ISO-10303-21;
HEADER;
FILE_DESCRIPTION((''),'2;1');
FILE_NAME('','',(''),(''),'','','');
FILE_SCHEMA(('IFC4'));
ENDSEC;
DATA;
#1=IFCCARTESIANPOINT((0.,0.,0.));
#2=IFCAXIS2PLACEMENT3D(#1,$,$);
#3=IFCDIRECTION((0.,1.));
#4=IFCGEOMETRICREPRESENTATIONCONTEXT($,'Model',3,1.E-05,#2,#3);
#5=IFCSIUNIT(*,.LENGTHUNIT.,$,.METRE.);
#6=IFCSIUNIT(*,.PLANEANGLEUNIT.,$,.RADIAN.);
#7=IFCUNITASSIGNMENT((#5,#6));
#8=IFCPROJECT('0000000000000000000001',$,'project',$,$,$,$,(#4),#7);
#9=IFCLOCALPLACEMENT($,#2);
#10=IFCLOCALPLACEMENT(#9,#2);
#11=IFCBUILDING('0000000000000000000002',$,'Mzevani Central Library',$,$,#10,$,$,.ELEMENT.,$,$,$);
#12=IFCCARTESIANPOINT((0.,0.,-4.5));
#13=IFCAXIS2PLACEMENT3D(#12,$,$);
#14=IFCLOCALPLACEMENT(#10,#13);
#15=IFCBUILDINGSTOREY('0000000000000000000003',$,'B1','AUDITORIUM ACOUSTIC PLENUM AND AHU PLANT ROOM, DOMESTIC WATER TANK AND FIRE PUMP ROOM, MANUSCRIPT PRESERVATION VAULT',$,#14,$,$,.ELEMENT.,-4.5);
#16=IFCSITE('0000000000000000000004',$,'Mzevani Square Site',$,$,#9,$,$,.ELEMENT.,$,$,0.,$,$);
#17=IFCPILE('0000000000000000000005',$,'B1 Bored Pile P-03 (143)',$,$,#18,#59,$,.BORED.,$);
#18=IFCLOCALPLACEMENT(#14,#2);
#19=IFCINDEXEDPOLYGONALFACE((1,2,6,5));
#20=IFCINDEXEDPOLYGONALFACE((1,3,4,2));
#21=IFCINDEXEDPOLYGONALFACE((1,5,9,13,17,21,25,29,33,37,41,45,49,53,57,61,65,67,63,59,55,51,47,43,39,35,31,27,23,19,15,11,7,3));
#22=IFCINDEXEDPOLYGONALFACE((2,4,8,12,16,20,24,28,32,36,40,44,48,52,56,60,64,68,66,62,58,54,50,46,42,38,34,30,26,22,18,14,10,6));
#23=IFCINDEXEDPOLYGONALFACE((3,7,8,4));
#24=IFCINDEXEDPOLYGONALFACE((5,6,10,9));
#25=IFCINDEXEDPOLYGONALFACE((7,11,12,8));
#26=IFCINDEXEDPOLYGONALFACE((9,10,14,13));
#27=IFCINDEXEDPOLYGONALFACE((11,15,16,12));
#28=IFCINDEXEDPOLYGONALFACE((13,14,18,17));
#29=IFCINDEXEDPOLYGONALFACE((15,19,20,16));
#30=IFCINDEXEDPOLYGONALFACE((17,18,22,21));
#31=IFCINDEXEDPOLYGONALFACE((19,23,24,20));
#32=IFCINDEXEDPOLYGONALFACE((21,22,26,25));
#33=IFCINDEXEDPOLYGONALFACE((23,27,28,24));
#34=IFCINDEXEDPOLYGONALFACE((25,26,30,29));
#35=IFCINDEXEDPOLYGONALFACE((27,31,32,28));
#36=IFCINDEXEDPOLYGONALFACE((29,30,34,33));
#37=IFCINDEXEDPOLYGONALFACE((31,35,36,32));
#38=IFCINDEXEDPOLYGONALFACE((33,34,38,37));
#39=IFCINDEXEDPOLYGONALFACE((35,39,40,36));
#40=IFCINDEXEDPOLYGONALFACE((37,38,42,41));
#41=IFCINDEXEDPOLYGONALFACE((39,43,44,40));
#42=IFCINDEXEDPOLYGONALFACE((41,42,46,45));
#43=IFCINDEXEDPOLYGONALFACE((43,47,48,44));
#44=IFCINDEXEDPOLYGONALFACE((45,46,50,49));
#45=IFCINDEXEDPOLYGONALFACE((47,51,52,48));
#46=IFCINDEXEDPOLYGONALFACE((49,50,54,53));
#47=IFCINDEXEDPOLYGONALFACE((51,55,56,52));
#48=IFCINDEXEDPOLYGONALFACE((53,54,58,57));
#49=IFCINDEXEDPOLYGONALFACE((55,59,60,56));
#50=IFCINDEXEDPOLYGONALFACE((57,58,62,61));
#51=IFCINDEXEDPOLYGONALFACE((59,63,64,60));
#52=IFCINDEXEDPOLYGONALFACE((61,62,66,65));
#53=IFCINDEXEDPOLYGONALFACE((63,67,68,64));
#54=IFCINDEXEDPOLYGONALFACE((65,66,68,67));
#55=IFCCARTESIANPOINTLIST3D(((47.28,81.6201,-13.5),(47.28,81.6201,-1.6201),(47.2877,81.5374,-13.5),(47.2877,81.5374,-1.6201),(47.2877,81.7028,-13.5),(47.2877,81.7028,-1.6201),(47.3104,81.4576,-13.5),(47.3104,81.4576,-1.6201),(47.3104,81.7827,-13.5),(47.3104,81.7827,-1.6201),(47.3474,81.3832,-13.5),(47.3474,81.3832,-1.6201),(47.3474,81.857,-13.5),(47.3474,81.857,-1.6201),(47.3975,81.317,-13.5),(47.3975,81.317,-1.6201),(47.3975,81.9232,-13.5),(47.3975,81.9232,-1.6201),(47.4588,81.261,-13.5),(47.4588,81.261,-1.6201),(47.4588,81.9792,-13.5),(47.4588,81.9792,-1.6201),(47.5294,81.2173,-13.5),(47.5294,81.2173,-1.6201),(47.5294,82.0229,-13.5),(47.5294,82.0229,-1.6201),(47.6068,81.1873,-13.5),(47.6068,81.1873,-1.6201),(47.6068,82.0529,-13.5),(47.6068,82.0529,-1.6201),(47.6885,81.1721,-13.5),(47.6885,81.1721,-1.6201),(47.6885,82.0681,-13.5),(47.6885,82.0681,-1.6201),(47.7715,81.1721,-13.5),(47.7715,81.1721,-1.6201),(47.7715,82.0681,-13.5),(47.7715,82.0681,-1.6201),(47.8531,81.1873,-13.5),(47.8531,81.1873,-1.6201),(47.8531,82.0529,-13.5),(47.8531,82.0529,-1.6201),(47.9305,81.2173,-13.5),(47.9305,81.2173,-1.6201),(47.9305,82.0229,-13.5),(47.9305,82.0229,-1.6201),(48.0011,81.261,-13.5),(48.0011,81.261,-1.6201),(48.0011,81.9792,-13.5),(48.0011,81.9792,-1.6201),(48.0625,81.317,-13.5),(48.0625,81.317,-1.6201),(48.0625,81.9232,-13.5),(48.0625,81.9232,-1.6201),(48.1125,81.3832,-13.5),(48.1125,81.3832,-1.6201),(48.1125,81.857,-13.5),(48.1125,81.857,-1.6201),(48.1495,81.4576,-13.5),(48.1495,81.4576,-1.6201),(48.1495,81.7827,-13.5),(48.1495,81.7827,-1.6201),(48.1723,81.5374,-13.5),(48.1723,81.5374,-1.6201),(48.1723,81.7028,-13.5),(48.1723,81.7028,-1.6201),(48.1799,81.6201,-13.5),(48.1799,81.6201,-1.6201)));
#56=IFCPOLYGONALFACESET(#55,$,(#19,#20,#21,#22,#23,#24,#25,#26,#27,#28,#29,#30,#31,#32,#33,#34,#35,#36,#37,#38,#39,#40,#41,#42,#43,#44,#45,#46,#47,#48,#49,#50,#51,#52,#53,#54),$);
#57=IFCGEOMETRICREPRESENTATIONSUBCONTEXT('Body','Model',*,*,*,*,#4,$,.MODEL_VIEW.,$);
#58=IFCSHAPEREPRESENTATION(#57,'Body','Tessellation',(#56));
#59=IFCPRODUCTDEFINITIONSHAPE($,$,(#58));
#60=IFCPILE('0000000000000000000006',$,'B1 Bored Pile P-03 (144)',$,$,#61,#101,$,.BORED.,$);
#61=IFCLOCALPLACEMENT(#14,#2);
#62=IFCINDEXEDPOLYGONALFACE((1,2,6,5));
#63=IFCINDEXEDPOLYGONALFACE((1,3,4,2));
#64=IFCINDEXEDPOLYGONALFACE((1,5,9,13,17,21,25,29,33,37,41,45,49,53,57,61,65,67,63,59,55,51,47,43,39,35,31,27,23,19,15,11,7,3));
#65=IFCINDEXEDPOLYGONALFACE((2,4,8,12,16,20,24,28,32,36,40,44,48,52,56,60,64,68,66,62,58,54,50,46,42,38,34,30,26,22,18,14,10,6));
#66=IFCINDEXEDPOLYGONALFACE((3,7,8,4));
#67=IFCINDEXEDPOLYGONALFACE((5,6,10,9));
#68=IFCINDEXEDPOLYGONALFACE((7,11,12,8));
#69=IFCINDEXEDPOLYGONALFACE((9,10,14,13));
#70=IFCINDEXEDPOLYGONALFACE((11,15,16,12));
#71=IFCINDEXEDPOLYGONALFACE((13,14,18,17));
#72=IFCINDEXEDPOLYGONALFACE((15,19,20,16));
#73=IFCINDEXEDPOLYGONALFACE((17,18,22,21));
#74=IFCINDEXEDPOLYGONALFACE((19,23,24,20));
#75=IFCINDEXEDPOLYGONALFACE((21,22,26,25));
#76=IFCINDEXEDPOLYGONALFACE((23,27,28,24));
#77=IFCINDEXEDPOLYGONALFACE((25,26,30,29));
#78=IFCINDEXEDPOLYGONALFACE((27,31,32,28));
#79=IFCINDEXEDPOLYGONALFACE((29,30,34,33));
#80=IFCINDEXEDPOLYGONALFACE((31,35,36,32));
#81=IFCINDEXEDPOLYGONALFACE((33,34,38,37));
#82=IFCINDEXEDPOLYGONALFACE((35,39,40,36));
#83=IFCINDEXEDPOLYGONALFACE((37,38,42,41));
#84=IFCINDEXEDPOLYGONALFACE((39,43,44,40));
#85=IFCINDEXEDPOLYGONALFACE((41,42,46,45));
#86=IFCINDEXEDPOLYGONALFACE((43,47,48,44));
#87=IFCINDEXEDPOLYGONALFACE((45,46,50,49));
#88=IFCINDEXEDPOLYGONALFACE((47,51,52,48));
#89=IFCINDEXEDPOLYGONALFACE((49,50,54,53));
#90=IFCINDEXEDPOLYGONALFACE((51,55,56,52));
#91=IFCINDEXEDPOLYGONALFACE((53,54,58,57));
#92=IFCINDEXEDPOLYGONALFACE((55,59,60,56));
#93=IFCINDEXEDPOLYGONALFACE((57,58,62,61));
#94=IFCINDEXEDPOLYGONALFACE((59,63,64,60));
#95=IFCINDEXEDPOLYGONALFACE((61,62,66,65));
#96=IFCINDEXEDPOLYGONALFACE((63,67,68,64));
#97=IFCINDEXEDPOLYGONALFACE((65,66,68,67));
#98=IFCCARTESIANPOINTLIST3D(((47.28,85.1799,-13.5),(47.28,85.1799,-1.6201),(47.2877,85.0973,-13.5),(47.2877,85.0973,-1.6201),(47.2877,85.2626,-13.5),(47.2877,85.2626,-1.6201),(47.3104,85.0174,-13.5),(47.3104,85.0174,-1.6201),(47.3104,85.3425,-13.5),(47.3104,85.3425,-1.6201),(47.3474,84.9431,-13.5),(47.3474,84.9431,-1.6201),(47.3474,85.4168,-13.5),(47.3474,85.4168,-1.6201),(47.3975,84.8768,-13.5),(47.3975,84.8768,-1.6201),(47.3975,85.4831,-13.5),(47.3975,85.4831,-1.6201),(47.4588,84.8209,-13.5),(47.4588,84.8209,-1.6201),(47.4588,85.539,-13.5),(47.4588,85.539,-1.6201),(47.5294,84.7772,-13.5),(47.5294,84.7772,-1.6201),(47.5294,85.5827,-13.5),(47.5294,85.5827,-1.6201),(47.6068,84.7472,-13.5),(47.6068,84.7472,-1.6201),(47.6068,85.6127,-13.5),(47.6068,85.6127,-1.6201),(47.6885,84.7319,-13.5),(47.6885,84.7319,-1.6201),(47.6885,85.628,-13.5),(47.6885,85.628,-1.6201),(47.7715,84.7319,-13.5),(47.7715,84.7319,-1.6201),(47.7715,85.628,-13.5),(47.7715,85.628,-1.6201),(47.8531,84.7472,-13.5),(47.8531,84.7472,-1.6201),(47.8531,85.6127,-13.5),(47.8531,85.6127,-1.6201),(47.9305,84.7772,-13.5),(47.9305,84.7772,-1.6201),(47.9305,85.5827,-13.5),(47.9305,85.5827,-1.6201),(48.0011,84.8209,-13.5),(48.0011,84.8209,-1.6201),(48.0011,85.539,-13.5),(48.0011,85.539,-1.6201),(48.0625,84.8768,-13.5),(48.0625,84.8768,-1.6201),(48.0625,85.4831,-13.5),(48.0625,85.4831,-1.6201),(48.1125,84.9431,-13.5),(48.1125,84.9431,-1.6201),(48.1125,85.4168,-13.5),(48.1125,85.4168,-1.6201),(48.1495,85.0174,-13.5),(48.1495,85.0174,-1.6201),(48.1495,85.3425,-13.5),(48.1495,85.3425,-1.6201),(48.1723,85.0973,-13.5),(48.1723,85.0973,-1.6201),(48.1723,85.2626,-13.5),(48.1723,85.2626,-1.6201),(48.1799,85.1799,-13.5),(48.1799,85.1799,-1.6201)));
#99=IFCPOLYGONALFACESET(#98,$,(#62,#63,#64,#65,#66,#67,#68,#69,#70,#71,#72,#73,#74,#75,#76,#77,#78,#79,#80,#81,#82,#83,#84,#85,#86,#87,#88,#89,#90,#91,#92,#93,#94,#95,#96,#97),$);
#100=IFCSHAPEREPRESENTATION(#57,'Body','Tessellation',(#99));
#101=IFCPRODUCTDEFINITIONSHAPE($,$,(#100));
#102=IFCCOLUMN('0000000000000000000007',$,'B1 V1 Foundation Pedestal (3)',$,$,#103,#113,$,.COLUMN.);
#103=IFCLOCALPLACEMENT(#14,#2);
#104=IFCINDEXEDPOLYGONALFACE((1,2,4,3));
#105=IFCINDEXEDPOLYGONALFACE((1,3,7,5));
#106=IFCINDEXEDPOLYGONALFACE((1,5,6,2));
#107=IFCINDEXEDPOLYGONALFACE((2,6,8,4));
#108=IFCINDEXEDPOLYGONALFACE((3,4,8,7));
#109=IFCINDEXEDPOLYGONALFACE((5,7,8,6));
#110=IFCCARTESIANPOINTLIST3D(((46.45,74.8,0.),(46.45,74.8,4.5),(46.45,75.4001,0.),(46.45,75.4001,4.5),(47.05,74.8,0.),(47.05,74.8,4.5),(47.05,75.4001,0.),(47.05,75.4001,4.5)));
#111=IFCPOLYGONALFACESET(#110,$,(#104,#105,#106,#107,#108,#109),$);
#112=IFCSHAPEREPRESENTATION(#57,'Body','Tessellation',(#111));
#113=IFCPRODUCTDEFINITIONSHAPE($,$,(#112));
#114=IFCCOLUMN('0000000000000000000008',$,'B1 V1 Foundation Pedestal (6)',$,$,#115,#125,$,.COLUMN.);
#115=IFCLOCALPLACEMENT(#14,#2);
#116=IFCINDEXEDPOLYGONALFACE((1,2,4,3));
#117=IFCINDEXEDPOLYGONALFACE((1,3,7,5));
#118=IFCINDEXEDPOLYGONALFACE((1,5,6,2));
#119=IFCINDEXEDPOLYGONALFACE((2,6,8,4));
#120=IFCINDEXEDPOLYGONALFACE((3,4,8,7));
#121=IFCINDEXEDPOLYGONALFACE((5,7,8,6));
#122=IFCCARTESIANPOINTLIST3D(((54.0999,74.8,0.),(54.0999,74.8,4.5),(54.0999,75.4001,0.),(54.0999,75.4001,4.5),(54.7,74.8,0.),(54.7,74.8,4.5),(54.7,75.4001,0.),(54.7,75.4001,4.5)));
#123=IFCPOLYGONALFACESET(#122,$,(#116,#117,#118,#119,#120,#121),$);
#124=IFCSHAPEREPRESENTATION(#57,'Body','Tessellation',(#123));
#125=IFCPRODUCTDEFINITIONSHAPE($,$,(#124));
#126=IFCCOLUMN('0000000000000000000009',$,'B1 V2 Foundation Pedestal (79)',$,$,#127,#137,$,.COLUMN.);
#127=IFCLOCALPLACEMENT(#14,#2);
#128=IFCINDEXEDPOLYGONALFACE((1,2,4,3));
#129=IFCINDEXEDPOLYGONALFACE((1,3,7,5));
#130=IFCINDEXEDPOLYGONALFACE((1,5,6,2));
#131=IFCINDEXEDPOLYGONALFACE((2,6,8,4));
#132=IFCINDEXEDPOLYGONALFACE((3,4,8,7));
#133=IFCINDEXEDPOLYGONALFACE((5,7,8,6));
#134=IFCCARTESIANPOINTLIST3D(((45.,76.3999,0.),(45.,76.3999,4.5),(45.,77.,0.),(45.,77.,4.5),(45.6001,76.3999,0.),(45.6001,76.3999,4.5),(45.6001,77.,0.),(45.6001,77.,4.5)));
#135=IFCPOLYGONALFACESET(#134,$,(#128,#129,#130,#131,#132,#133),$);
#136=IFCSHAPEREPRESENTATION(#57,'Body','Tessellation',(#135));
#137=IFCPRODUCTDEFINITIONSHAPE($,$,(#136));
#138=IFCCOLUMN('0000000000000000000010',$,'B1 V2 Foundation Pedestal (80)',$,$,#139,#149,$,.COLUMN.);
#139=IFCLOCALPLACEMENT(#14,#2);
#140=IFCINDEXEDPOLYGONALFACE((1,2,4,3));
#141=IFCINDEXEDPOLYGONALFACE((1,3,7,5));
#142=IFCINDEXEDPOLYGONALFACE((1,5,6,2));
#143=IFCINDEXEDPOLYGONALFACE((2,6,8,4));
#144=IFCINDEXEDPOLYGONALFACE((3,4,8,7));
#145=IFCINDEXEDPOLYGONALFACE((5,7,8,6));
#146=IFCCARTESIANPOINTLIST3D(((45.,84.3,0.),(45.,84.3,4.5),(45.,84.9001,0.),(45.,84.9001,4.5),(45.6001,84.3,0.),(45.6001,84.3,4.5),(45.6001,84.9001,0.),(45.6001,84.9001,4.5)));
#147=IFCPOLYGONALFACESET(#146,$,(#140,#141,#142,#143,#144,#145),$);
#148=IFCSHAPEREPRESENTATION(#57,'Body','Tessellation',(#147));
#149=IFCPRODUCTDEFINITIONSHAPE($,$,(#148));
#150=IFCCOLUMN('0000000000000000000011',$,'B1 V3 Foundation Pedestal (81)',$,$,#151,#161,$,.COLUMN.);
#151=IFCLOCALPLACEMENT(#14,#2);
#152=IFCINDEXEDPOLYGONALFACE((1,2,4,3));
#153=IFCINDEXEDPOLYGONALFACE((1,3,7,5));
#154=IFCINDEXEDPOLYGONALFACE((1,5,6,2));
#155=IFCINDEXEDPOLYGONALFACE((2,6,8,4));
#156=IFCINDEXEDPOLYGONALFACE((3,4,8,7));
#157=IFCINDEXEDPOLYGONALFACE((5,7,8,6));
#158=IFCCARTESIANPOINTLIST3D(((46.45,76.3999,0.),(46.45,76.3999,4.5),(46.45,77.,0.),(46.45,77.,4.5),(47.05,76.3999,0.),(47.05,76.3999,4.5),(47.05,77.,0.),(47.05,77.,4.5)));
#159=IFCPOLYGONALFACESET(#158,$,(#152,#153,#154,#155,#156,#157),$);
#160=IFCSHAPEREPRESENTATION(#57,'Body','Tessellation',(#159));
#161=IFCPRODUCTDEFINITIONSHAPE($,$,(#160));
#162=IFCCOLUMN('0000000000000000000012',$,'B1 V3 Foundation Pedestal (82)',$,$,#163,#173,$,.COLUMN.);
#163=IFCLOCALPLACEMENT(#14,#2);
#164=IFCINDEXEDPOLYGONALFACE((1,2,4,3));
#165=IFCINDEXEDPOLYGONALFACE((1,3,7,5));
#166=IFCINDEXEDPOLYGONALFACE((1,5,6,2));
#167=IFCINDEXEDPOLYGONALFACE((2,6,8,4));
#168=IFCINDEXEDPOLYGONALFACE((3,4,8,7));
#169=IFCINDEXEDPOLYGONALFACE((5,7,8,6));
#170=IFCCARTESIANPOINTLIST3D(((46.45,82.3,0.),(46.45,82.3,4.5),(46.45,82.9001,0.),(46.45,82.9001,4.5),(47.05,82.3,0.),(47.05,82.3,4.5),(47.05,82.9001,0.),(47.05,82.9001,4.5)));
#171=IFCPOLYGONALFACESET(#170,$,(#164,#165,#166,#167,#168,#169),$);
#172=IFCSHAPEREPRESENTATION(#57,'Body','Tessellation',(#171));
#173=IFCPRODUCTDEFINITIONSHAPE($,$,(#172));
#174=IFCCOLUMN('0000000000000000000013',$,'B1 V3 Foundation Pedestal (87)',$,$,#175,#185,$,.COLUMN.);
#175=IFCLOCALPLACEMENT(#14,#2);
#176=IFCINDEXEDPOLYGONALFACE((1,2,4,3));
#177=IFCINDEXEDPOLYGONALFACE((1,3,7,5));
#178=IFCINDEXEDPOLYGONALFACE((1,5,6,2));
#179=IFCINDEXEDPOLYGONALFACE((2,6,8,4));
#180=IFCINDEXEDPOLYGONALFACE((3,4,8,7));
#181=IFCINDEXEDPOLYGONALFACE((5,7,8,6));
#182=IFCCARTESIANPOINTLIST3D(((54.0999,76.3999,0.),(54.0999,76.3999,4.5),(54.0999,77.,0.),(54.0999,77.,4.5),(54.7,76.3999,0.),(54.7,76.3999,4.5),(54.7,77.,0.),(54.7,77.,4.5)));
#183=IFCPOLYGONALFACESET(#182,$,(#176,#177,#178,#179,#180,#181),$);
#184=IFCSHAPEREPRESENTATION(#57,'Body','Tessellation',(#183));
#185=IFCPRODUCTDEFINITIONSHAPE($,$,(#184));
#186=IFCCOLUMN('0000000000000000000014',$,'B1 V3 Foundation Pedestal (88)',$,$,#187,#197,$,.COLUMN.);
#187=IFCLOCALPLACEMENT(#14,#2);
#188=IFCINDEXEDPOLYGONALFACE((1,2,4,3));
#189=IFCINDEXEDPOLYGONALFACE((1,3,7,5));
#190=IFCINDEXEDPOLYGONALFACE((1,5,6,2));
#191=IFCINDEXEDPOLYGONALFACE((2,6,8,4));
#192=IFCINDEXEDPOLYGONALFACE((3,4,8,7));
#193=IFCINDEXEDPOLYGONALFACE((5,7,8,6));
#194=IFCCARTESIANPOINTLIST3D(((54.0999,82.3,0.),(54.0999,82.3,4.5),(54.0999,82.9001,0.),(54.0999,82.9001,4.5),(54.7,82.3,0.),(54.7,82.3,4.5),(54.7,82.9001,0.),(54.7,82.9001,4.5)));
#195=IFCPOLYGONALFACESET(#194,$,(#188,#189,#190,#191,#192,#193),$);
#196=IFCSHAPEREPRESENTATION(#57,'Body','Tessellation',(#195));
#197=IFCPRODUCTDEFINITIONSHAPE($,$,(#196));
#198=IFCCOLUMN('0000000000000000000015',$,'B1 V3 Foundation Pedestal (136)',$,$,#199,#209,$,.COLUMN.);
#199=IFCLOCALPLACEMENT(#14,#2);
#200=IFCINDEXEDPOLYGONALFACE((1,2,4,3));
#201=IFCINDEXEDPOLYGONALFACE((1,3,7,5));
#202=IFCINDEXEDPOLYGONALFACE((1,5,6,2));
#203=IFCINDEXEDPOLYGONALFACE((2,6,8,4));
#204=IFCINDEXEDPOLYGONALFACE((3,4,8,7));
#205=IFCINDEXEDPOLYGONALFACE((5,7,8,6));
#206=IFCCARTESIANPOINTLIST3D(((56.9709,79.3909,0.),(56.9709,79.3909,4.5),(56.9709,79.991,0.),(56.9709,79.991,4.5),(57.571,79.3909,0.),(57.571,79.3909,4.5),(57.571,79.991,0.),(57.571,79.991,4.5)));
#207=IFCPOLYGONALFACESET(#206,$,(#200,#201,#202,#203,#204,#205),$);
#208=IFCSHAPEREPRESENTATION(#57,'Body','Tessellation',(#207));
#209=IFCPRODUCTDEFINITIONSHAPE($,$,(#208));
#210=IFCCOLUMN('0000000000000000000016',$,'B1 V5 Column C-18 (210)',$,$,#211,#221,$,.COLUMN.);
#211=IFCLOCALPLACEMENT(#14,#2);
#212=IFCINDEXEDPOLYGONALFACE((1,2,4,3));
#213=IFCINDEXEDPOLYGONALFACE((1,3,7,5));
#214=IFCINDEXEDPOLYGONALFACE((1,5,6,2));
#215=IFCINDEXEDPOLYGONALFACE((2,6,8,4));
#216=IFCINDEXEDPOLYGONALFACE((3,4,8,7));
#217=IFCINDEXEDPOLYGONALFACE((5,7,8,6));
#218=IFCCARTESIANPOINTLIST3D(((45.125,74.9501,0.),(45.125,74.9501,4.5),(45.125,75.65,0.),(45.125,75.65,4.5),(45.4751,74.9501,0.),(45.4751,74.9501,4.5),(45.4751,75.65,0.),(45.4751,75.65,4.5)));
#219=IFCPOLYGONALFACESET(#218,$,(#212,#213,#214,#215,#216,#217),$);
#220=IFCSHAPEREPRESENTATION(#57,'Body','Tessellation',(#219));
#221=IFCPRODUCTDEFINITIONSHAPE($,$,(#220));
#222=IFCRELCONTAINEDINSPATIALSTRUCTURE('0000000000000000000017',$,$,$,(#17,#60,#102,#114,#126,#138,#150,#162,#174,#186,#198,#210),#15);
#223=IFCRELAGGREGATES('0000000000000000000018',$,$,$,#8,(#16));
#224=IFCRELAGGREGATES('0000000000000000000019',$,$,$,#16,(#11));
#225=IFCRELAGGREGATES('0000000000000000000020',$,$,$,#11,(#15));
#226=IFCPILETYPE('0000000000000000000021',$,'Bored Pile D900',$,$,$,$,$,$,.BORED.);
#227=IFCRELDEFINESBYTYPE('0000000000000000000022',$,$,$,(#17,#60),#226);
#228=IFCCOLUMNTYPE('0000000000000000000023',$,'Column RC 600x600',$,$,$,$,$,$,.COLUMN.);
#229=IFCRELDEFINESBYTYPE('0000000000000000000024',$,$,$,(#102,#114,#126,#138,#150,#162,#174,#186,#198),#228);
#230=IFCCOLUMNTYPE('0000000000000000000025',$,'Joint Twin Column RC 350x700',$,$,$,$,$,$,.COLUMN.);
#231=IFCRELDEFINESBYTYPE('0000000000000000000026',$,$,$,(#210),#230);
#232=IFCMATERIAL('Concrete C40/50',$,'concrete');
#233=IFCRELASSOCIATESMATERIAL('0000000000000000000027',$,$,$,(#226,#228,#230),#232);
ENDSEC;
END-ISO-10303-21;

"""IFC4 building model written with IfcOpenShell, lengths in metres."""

from ifc_helpers import new_model, si_unit, direction, frame, origin, origin_2d, place, context, subcontext, project, spatial, rectangle, circle, extrude, material, material_profile, profile_set, type_object, element, save


model = new_model("IFC4")

# Units and contexts
model_context = context("Model", 3, precision=1e-05, world=origin(), true_north=direction((0.0, 1.0)))
body_context = subcontext(model_context, "Body", "Model", "MODEL_VIEW")
ifc_project = project(units=[si_unit("LENGTHUNIT", "METRE"), si_unit("PLANEANGLEUNIT", "RADIAN")], contexts=[model_context])

# Site, building, storey
site_placement = place(None, origin())
site = spatial("IfcSite", under=ifc_project, at=site_placement, Name="Mzevani Square Site", CompositionType="ELEMENT", RefElevation=0.0)
building_placement = place(site_placement, origin())
building = spatial("IfcBuilding", under=site, at=building_placement, Name="Mzevani Central Library", CompositionType="ELEMENT")
storey_placement = place(building_placement, frame((0.0, 0.0, -4.5)))
storey = spatial("IfcBuildingStorey", under=building, at=storey_placement, Name="B1", Description="AUDITORIUM ACOUSTIC PLENUM AND AHU PLANT ROOM, DOMESTIC WATER TANK AND FIRE PUMP ROOM, MANUSCRIPT PRESERVATION VAULT", CompositionType="ELEMENT", Elevation=-4.5)

# Piles
ifc_material_1 = material(Name="Concrete C40/50", Category="concrete")
ifc_material_profile_1 = material_profile(ifc_material_1, circle(Radius=0.45, at=origin_2d()), Name="PILE D900")
ifc_profile_set_1 = profile_set([ifc_material_profile_1], Name="Concrete C40/50")
pile_type_1 = type_object("IfcPileType", Name="Bored Pile D900", PredefinedType="BORED", material=ifc_profile_set_1)
for number, where, z_axis, x_axis, name in (
    (1, (47.73, 81.6201, -1.6201), (0.0, 0.0, -1.0), (1.0, 0.0, 0.0), "B1 Bored Pile P-03 (143)"),
    (2, (47.73, 85.1799, -1.6201), (0.0, 0.0, -1.0), (1.0, 0.0, 0.0), "B1 Bored Pile P-03 (144)"),
):
    element("IfcPile", number, at=place(storey_placement, frame(where, z_axis=z_axis, x_axis=x_axis)), inside=storey, type_object=pile_type_1, Name=name, PredefinedType="BORED", context=body_context, shape_type="SweptSolid", body=[
        extrude(circle(Radius=0.45, at=origin_2d()), origin(), (0.0, 0.0, 1.0), 11.8799),
    ])

# Columns
ifc_material_profile_2 = material_profile(ifc_material_1, rectangle(XDim=0.6001, YDim=0.6001, at=origin_2d()), Name="RC 600x600")
ifc_profile_set_2 = profile_set([ifc_material_profile_2], Name="Concrete C40/50")
column_type_1 = type_object("IfcColumnType", Name="Column RC 600x600", PredefinedType="COLUMN", material=ifc_profile_set_2)
for number, where, z_axis, x_axis, name in (
    (3, (46.75, 75.1001, 0.0), (0.0, 0.0, 1.0), (1.0, 0.0, 0.0), "B1 V1 Foundation Pedestal (3)"),
    (4, (54.3999, 75.1001, 0.0), (0.0, 0.0, 1.0), (1.0, 0.0, 0.0), "B1 V1 Foundation Pedestal (6)"),
    (5, (45.3, 76.7, 0.0), (0.0, 0.0, 1.0), (1.0, 0.0, 0.0), "B1 V2 Foundation Pedestal (79)"),
    (6, (45.3, 84.6001, 0.0), (0.0, 0.0, 1.0), (1.0, 0.0, 0.0), "B1 V2 Foundation Pedestal (80)"),
    (7, (46.75, 76.7, 0.0), (0.0, 0.0, 1.0), (1.0, 0.0, 0.0), "B1 V3 Foundation Pedestal (81)"),
    (8, (46.75, 82.6001, 0.0), (0.0, 0.0, 1.0), (1.0, 0.0, 0.0), "B1 V3 Foundation Pedestal (82)"),
    (9, (54.3999, 76.7, 0.0), (0.0, 0.0, 1.0), (1.0, 0.0, 0.0), "B1 V3 Foundation Pedestal (87)"),
    (10, (54.3999, 82.6001, 0.0), (0.0, 0.0, 1.0), (1.0, 0.0, 0.0), "B1 V3 Foundation Pedestal (88)"),
    (11, (57.271, 79.6909, 0.0), (0.0, 0.0, 1.0), (1.0, 0.0, 0.0), "B1 V3 Foundation Pedestal (136)"),
):
    element("IfcColumn", number, at=place(storey_placement, frame(where, z_axis=z_axis, x_axis=x_axis)), inside=storey, type_object=column_type_1, Name=name, PredefinedType="COLUMN", context=body_context, shape_type="SweptSolid", body=[
        extrude(rectangle(XDim=0.6001, YDim=0.6001, at=origin_2d()), origin(), (0.0, 0.0, 1.0), 4.5),
    ])
ifc_material_profile_3 = material_profile(ifc_material_1, rectangle(XDim=0.3501, YDim=0.7, at=origin_2d()), Name="RC 350x700")
ifc_profile_set_3 = profile_set([ifc_material_profile_3], Name="Concrete C40/50")
column_type_2 = type_object("IfcColumnType", Name="Joint Twin Column RC 350x700", PredefinedType="COLUMN", material=ifc_profile_set_3)
column_placement = place(storey_placement, frame((45.3, 75.3, 0.0), z_axis=(0.0, 0.0, 1.0), x_axis=(1.0, 0.0, 0.0)))
element("IfcColumn", 12, at=column_placement, inside=storey, type_object=column_type_2, Name="B1 V5 Column C-18 (210)", PredefinedType="COLUMN", context=body_context, shape_type="SweptSolid", body=[
    extrude(rectangle(XDim=0.3501, YDim=0.7, at=origin_2d()), origin(), (0.0, 0.0, 1.0), 4.5),
])

save(model, "model.ifc")
